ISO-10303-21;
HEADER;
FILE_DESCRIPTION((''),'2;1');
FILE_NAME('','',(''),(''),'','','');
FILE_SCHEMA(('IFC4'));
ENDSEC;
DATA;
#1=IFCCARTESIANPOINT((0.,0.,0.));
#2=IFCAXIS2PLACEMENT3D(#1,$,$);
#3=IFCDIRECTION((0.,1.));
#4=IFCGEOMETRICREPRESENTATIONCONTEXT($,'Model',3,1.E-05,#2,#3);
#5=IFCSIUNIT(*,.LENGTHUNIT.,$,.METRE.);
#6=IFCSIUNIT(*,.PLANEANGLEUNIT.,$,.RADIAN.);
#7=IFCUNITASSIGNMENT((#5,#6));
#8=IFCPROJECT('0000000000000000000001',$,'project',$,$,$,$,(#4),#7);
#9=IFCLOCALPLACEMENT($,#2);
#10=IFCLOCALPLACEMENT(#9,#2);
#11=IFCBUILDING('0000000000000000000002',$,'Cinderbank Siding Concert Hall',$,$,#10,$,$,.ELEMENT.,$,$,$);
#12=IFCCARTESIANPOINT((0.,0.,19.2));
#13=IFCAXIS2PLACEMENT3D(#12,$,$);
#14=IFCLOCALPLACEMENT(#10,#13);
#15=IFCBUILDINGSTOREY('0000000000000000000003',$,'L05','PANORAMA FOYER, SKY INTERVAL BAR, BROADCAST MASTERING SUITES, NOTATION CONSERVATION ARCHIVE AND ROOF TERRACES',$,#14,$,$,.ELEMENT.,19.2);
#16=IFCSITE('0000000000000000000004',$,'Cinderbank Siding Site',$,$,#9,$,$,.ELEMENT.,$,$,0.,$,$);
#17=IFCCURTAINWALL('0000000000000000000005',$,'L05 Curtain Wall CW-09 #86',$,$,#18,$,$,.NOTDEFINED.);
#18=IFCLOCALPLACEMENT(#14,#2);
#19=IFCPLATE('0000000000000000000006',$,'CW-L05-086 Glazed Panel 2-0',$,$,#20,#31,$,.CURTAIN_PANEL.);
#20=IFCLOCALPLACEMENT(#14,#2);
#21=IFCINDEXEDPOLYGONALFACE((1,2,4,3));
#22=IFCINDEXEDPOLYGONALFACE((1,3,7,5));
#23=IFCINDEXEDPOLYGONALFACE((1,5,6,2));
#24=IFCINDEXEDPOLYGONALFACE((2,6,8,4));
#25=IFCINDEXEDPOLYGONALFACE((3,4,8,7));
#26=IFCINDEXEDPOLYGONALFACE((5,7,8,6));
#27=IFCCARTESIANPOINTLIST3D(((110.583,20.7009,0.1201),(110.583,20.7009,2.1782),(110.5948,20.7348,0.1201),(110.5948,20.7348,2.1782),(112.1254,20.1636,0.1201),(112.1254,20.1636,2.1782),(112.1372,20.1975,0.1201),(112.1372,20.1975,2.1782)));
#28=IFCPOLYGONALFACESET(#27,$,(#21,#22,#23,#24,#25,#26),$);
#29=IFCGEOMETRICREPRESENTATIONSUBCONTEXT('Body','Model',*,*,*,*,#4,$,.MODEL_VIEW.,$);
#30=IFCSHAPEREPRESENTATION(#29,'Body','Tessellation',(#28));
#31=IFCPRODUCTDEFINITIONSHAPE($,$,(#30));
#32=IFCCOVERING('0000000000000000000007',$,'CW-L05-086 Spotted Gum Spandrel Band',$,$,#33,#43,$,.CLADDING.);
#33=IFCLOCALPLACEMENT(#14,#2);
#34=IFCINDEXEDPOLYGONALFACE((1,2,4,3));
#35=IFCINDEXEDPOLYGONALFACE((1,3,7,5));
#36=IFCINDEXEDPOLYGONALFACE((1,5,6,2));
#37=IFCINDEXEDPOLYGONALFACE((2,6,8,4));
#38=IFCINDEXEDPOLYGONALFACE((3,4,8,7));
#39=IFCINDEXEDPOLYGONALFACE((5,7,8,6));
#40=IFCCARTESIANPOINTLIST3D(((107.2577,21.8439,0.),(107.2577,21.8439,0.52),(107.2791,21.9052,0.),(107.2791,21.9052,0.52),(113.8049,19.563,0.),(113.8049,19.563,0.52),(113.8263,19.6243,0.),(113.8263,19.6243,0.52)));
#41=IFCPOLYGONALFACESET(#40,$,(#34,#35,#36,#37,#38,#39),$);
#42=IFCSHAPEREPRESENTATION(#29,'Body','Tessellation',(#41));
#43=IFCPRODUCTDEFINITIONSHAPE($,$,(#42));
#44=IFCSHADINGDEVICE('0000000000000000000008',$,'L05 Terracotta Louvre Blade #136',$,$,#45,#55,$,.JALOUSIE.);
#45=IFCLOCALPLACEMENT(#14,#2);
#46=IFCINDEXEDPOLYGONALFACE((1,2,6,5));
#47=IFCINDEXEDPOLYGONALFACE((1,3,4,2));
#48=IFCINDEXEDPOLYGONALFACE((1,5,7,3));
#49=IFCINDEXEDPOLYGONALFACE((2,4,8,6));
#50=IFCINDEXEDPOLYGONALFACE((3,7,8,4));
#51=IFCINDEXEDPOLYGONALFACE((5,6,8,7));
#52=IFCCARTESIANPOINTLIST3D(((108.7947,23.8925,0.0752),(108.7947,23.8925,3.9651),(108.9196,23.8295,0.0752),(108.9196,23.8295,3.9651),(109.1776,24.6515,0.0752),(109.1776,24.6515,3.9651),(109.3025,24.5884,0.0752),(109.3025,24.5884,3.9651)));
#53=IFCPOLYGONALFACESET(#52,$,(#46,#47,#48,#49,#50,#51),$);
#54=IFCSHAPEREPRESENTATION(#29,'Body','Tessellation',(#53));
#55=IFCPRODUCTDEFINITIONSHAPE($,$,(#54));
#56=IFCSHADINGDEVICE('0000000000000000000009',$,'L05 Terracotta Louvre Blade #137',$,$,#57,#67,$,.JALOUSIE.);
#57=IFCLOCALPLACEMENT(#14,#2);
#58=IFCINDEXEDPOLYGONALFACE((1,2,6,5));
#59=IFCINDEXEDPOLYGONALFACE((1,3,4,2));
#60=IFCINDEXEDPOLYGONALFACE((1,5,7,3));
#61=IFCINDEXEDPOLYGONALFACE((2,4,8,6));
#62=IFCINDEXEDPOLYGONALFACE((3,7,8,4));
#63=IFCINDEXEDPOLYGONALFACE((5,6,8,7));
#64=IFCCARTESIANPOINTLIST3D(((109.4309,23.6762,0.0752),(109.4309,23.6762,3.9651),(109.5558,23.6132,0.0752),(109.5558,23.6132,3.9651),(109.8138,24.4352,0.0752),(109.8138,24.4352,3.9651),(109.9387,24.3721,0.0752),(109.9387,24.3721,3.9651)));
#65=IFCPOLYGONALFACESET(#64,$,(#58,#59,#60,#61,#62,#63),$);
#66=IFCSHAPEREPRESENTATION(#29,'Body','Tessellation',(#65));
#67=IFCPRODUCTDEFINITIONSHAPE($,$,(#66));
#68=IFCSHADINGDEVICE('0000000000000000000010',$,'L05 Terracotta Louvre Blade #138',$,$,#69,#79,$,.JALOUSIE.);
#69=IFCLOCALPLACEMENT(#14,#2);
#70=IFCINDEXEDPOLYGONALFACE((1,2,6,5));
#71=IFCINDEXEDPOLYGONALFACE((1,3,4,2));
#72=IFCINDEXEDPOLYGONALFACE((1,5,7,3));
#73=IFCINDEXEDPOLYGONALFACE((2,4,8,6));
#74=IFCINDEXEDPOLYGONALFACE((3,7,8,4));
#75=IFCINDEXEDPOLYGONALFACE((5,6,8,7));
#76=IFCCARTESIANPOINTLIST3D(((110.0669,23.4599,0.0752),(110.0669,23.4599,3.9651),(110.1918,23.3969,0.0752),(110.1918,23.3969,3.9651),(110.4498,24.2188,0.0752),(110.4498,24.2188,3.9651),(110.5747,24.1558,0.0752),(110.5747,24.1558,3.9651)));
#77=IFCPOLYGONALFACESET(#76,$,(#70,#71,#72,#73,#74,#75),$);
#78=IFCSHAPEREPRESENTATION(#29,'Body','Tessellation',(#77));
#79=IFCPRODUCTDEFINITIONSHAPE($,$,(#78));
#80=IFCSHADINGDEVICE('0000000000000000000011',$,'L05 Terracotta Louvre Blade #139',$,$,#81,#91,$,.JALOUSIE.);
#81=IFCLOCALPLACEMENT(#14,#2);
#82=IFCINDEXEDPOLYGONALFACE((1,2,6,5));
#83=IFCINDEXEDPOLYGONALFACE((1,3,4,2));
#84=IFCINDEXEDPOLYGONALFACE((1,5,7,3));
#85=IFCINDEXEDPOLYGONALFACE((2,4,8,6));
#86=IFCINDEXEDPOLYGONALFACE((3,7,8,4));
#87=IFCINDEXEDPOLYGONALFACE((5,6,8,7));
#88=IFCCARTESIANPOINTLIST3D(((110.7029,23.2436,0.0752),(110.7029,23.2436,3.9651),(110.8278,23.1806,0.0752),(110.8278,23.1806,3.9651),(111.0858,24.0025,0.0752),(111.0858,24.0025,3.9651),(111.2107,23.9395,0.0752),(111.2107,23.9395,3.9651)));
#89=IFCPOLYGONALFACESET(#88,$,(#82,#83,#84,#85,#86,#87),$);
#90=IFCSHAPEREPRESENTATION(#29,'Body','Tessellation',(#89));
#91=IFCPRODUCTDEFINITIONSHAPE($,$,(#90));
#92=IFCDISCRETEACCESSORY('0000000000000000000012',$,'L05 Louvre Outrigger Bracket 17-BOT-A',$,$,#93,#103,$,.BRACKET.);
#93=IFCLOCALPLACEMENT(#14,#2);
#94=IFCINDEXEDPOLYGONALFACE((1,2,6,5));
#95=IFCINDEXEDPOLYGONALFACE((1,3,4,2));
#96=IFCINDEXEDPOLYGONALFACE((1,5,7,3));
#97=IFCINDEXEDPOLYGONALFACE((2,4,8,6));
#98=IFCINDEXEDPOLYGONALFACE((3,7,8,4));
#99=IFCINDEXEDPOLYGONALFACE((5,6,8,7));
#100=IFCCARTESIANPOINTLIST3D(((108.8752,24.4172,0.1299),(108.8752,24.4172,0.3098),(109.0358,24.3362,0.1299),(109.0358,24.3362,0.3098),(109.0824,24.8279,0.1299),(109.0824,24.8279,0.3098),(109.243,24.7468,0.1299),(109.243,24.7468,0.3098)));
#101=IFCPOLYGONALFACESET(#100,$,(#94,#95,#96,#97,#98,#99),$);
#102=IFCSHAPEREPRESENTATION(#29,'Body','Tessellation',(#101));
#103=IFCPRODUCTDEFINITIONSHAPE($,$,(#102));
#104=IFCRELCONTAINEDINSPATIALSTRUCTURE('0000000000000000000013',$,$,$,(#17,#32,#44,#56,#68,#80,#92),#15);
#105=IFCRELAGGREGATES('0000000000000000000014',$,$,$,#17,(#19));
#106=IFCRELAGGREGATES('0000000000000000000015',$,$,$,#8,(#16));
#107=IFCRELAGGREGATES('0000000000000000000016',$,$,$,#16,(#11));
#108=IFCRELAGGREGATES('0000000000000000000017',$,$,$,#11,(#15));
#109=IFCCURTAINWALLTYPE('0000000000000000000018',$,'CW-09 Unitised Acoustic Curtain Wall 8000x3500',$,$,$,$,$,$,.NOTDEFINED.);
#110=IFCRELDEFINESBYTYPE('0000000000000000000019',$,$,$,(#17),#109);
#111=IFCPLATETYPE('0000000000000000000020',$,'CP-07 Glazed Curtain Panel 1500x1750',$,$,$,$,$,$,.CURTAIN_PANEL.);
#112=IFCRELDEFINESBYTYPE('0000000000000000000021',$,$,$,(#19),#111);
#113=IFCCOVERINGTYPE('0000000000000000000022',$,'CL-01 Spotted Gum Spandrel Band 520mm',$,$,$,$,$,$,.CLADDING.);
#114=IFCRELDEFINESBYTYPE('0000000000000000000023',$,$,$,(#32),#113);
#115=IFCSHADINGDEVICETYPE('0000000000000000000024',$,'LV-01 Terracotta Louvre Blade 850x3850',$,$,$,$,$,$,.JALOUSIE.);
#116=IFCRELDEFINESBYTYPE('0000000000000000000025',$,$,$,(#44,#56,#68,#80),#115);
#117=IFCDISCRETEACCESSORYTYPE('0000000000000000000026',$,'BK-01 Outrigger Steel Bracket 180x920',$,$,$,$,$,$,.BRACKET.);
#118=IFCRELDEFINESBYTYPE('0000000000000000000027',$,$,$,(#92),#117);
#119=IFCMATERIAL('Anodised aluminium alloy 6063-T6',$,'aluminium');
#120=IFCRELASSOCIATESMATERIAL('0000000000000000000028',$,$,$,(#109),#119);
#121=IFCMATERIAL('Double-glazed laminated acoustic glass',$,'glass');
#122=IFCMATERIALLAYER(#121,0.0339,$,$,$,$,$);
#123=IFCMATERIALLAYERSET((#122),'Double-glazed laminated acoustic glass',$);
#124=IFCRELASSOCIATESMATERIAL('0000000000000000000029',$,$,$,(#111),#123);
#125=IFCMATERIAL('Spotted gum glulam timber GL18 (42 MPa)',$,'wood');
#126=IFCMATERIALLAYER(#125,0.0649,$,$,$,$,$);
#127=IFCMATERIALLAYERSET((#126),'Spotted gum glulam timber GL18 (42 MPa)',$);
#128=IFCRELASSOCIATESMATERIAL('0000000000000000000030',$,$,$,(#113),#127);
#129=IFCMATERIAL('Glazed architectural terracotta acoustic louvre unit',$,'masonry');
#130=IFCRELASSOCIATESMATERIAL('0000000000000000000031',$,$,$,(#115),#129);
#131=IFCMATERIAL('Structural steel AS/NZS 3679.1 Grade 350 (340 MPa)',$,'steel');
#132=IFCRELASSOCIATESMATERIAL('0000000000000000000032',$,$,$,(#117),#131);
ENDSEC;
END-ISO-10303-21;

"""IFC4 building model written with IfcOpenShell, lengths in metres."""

from ifc_helpers import new_model, si_unit, direction, frame, origin, origin_2d, place, context, subcontext, project, spatial, rectangle, extrude, material, layer, layer_set, type_object, element, aggregate, save


model = new_model("IFC4")

# Units and contexts
model_context = context("Model", 3, precision=1e-05, world=origin(), true_north=direction((0.0, 1.0)))
body_context = subcontext(model_context, "Body", "Model", "MODEL_VIEW")
ifc_project = project(units=[si_unit("LENGTHUNIT", "METRE"), si_unit("PLANEANGLEUNIT", "RADIAN")], contexts=[model_context])

# Site, building, storey
site_placement = place(None, origin())
site = spatial("IfcSite", under=ifc_project, at=site_placement, Name="Cinderbank Siding Site", CompositionType="ELEMENT", RefElevation=0.0)
building_placement = place(site_placement, origin())
building = spatial("IfcBuilding", under=site, at=building_placement, Name="Cinderbank Siding Concert Hall", CompositionType="ELEMENT")
storey_placement = place(building_placement, frame((0.0, 0.0, 19.2)))
storey = spatial("IfcBuildingStorey", under=building, at=storey_placement, Name="L05", Description="PANORAMA FOYER, SKY INTERVAL BAR, BROADCAST MASTERING SUITES, NOTATION CONSERVATION ARCHIVE AND ROOF TERRACES", CompositionType="ELEMENT", Elevation=19.2)

# Curtain wall, plate
ifc_material_1 = material(Name="Anodised aluminium alloy 6063-T6", Category="aluminium")
curtain_wall_type = type_object("IfcCurtainWallType", Name="CW-09 Unitised Acoustic Curtain Wall 8000x3500", PredefinedType="NOTDEFINED", material=ifc_material_1)
curtain_wall_placement = place(storey_placement, origin())
curtain_wall = element("IfcCurtainWall", 1, at=curtain_wall_placement, inside=storey, type_object=curtain_wall_type, Name="L05 Curtain Wall CW-09 #86", PredefinedType="NOTDEFINED")
ifc_material_2 = material(Name="Double-glazed laminated acoustic glass", Category="glass")
ifc_layer_1 = layer(ifc_material_2, 0.0339)
ifc_layer_set_1 = layer_set([ifc_layer_1], Name="Double-glazed laminated acoustic glass")
plate_type = type_object("IfcPlateType", Name="CP-07 Glazed Curtain Panel 1500x1750", PredefinedType="CURTAIN_PANEL", material=ifc_layer_set_1)
plate_1_placement = place(storey_placement, frame((111.3601, 20.4492, 0.1201), z_axis=(0.0, 0.0, 1.0), x_axis=(0.944334, -0.328988, 0.0)))
plate_1 = element("IfcPlate", 2, at=plate_1_placement, type_object=plate_type, Name="CW-L05-086 Glazed Panel 2-0", PredefinedType="CURTAIN_PANEL", context=body_context, shape_type="SweptSolid", body=[
    extrude(rectangle(XDim=1.6333, YDim=0.0359, at=origin_2d()), origin(), (0.0, 0.0, 1.0), 2.0581),
])
aggregate(curtain_wall, [plate_1])

# Covering
ifc_material_3 = material(Name="Spotted gum glulam timber GL18 (42 MPa)", Category="wood")
ifc_layer_2 = layer(ifc_material_3, 0.0649)
ifc_layer_set_2 = layer_set([ifc_layer_2], Name="Spotted gum glulam timber GL18 (42 MPa)")
covering_type = type_object("IfcCoveringType", Name="CL-01 Spotted Gum Spandrel Band 520mm", PredefinedType="CLADDING", material=ifc_layer_set_2)
covering_placement = place(storey_placement, frame((110.542, 20.7341, 0.0), z_axis=(0.0, 0.0, 1.0), x_axis=(0.944334, -0.328988, 0.0)))
element("IfcCovering", 3, at=covering_placement, inside=storey, type_object=covering_type, Name="CW-L05-086 Spotted Gum Spandrel Band", PredefinedType="CLADDING", context=body_context, shape_type="SweptSolid", body=[
    extrude(rectangle(XDim=6.9331, YDim=0.0649, at=origin_2d()), origin(), (0.0, 0.0, 1.0), 0.52),
])

# Shading devices
ifc_material_4 = material(Name="Glazed architectural terracotta acoustic louvre unit", Category="masonry")
shading_device_type = type_object("IfcShadingDeviceType", Name="LV-01 Terracotta Louvre Blade 850x3850", PredefinedType="JALOUSIE", material=ifc_material_4)
for number, where, z_axis, x_axis, name in (
    (4, (109.0486, 24.2405, 0.0752), (0.0, 0.0, 1.0), (-0.450487, -0.892783, 0.0), "L05 Terracotta Louvre Blade #136"),
    (5, (109.6848, 24.0242, 0.0752), (0.0, 0.0, 1.0), (-0.450487, -0.892783, 0.0), "L05 Terracotta Louvre Blade #137"),
    (6, (110.3208, 23.8079, 0.0752), (0.0, 0.0, 1.0), (-0.450487, -0.892783, 0.0), "L05 Terracotta Louvre Blade #138"),
    (7, (110.9568, 23.5916, 0.0752), (0.0, 0.0, 1.0), (-0.450487, -0.892783, 0.0), "L05 Terracotta Louvre Blade #139"),
):
    element("IfcShadingDevice", number, at=place(storey_placement, frame(where, z_axis=z_axis, x_axis=x_axis)), inside=storey, type_object=shading_device_type, Name=name, PredefinedType="JALOUSIE", context=body_context, shape_type="SweptSolid", body=[
        extrude(rectangle(XDim=0.8501, YDim=0.1399, at=origin_2d()), origin(), (0.0, 0.0, 1.0), 3.8899),
    ])

# Discrete accessory
ifc_material_5 = material(Name="Structural steel AS/NZS 3679.1 Grade 350 (340 MPa)", Category="steel")
discrete_accessory_type = type_object("IfcDiscreteAccessoryType", Name="BK-01 Outrigger Steel Bracket 180x920", PredefinedType="BRACKET", material=ifc_material_5)
discrete_accessory_placement = place(storey_placement, frame((109.0591, 24.582, 0.1299), z_axis=(0.0, 0.0, 1.0), x_axis=(-0.450487, -0.892783, 0.0)))
element("IfcDiscreteAccessory", 8, at=discrete_accessory_placement, inside=storey, type_object=discrete_accessory_type, Name="L05 Louvre Outrigger Bracket 17-BOT-A", PredefinedType="BRACKET", context=body_context, shape_type="SweptSolid", body=[
    extrude(rectangle(XDim=0.46, YDim=0.1799, at=origin_2d()), origin(), (0.0, 0.0, 1.0), 0.1799),
])

save(model, "model.ifc")
